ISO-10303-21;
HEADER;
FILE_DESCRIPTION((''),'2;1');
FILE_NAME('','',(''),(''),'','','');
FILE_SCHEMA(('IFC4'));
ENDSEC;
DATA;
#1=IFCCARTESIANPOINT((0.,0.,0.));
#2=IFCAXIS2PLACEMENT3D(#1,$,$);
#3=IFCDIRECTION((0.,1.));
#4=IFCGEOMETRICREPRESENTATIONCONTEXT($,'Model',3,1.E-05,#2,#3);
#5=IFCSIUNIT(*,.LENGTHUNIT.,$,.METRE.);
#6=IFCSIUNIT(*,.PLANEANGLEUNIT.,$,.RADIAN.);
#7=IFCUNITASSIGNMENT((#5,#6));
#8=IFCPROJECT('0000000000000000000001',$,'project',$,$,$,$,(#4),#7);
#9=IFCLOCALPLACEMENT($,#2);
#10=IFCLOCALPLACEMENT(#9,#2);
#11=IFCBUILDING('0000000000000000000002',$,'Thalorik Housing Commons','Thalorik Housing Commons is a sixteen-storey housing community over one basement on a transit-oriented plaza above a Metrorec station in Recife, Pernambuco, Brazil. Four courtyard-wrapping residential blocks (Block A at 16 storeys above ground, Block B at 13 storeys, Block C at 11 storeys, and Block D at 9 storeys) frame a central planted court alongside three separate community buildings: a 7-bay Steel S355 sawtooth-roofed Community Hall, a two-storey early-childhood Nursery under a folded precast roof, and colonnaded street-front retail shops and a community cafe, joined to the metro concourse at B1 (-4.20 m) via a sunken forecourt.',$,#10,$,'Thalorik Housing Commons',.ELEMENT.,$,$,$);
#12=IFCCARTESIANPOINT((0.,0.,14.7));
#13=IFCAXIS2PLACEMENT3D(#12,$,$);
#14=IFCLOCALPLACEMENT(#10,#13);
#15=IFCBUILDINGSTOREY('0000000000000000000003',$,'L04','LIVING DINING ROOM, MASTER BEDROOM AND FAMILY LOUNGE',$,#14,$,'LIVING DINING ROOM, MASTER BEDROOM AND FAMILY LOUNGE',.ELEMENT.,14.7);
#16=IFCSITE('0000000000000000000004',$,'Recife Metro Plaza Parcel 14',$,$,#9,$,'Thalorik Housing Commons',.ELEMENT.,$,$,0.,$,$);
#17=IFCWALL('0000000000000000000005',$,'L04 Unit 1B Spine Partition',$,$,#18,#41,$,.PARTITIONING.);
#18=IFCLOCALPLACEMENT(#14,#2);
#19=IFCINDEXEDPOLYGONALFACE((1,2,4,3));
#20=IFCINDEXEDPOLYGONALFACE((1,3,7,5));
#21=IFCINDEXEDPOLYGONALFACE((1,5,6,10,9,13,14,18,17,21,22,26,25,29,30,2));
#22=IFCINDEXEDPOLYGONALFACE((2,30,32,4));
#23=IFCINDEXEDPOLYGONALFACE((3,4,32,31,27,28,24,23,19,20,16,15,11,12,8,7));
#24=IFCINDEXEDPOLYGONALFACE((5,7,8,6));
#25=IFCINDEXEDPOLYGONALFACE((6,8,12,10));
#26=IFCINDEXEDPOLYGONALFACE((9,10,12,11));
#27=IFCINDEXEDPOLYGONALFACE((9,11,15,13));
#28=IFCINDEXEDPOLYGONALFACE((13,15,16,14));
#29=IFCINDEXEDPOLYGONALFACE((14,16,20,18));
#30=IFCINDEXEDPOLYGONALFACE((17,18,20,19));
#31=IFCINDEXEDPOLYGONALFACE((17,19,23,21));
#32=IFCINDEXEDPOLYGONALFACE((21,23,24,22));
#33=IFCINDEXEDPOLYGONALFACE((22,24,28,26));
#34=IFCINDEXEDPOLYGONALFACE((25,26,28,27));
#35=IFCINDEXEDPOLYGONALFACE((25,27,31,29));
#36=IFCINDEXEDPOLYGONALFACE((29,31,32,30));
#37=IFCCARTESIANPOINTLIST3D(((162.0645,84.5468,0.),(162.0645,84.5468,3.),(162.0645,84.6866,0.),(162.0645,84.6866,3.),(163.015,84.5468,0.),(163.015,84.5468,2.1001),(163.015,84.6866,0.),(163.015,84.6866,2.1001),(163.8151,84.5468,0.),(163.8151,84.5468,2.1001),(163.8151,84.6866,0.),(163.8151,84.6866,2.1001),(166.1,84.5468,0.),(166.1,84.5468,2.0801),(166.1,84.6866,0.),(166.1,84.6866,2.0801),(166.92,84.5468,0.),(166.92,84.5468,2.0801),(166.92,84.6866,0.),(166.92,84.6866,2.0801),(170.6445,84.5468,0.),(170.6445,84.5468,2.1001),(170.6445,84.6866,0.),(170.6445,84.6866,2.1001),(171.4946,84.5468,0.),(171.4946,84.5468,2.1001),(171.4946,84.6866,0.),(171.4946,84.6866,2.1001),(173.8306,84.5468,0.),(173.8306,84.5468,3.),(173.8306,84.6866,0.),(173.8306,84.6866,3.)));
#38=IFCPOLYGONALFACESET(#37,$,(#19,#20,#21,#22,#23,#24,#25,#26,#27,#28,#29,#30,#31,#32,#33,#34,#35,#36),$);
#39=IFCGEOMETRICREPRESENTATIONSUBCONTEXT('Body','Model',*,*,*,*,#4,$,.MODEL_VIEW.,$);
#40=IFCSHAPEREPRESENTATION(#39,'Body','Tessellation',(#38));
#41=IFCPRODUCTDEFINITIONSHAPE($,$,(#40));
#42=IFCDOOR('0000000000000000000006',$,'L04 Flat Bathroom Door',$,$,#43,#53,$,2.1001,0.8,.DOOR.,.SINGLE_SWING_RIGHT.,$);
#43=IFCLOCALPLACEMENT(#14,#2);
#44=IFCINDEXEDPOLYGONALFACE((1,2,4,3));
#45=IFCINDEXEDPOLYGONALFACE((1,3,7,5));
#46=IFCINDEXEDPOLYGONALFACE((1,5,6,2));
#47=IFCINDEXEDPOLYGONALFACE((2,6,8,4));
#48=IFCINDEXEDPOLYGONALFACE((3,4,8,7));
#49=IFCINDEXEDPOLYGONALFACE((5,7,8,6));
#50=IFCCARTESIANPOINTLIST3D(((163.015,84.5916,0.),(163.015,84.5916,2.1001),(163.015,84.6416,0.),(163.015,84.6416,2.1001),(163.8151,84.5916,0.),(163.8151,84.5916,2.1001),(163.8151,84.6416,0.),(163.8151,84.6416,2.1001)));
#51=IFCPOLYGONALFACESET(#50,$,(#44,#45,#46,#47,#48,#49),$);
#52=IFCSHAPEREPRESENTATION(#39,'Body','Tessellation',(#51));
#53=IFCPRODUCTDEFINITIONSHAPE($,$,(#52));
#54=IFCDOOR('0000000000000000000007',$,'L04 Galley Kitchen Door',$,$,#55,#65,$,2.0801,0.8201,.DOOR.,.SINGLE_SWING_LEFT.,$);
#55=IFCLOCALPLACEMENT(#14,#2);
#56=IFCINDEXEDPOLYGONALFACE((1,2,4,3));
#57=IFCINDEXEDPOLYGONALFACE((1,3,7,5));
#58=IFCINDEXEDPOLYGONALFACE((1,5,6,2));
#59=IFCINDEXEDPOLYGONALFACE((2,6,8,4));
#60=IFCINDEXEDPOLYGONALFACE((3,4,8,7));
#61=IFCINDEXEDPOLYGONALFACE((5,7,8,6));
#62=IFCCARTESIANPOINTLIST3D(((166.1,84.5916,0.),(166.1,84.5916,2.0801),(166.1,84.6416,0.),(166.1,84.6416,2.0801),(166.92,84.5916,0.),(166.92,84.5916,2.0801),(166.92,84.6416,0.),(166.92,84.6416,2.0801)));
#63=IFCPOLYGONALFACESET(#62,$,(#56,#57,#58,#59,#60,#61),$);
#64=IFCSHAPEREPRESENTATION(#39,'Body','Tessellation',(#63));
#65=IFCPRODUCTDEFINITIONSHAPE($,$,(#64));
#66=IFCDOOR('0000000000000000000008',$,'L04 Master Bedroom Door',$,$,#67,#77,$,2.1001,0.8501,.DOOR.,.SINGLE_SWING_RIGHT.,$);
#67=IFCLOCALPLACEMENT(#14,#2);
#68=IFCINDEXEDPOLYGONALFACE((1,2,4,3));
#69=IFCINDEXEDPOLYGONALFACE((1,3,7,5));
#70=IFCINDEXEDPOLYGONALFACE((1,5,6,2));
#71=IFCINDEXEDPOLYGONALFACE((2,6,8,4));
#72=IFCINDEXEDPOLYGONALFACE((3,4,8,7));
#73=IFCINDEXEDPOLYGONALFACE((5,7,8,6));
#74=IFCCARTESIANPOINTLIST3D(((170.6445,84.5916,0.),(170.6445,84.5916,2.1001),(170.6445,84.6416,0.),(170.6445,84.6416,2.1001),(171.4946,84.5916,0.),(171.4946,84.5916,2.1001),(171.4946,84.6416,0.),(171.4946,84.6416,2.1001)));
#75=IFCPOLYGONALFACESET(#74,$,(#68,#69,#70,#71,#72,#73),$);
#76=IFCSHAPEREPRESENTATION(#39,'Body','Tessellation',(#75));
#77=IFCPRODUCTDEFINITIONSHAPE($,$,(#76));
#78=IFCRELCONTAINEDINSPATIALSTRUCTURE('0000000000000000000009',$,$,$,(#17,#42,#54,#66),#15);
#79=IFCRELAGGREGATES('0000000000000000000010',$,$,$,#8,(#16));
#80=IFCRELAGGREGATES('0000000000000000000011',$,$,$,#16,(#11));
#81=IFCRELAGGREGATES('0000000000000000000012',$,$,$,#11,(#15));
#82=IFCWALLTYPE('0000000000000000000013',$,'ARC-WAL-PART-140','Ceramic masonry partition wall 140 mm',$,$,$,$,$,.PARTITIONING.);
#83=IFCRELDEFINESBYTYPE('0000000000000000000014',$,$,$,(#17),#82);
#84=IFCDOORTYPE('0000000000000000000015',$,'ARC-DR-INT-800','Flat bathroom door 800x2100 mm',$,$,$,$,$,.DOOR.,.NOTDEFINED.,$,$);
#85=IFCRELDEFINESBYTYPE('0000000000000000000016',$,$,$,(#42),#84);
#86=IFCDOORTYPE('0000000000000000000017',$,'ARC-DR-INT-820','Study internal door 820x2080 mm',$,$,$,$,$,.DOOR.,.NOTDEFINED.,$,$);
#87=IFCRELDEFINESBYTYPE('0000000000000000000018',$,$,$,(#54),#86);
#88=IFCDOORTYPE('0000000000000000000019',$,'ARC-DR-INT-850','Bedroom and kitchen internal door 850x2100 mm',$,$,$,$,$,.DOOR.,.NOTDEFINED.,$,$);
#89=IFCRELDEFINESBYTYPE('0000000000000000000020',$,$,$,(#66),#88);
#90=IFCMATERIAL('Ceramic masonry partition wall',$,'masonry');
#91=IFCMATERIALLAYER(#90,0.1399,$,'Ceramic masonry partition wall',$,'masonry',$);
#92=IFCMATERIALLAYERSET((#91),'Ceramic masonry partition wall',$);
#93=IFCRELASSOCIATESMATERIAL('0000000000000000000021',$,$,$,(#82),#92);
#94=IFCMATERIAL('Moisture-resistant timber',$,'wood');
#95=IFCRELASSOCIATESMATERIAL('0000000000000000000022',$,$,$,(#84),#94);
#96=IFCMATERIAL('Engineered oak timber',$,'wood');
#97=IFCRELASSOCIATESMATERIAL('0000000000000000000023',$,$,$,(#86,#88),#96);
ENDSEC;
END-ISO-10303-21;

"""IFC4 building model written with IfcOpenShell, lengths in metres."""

from ifc_helpers import new_model, si_unit, direction, frame, frame_2d, origin, place, context, subcontext, project, spatial, rectangle, extrude, material, layer, layer_set, type_object, element, fill, save


model = new_model("IFC4")

# Units and contexts
model_context = context("Model", 3, precision=1e-05, world=origin(), true_north=direction((0.0, 1.0)))
body_context = subcontext(model_context, "Body", "Model", "MODEL_VIEW")
ifc_project = project(units=[si_unit("LENGTHUNIT", "METRE"), si_unit("PLANEANGLEUNIT", "RADIAN")], contexts=[model_context])

# Site, building, storey
site_placement = place(None, origin())
site = spatial("IfcSite", under=ifc_project, at=site_placement, Name="Recife Metro Plaza Parcel 14", LongName="Thalorik Housing Commons", CompositionType="ELEMENT", RefElevation=0.0)
building_placement = place(site_placement, origin())
building = spatial("IfcBuilding", under=site, at=building_placement, Name="Thalorik Housing Commons", Description="Thalorik Housing Commons is a sixteen-storey housing community over one basement on a transit-oriented plaza above a Metrorec station in Recife, Pernambuco, Brazil. Four courtyard-wrapping residential blocks (Block A at 16 storeys above ground, Block B at 13 storeys, Block C at 11 storeys, and Block D at 9 storeys) frame a central planted court alongside three separate community buildings: a 7-bay Steel S355 sawtooth-roofed Community Hall, a two-storey early-childhood Nursery under a folded precast roof, and colonnaded street-front retail shops and a community cafe, joined to the metro concourse at B1 (-4.20 m) via a sunken forecourt.", LongName="Thalorik Housing Commons", CompositionType="ELEMENT")
storey_placement = place(building_placement, frame((0.0, 0.0, 14.7)))
storey = spatial("IfcBuildingStorey", under=building, at=storey_placement, Name="L04", Description="LIVING DINING ROOM, MASTER BEDROOM AND FAMILY LOUNGE", LongName="LIVING DINING ROOM, MASTER BEDROOM AND FAMILY LOUNGE", CompositionType="ELEMENT", Elevation=14.7)

# Wall, openings, doors
ifc_material_1 = material(Name="Ceramic masonry partition wall", Category="masonry")
ifc_layer_1 = layer(ifc_material_1, 0.1399, Name="Ceramic masonry partition wall", Category="masonry")
ifc_layer_set_1 = layer_set([ifc_layer_1], Name="Ceramic masonry partition wall")
wall_type_1 = type_object("IfcWallType", Name="ARC-WAL-PART-140", Description="Ceramic masonry partition wall 140 mm", PredefinedType="PARTITIONING", material=ifc_layer_set_1)
wall_1_placement = place(storey_placement, frame((162.0645, 84.6167, 0.0), z_axis=(0.0, 0.0, 1.0), x_axis=(1.0, 0.0, 0.0)))
wall_1 = element("IfcWall", 1, at=wall_1_placement, inside=storey, type_object=wall_type_1, Name="L04 Unit 1B Spine Partition", PredefinedType="PARTITIONING", context=body_context, shape_type="SweptSolid", body=[
    extrude(rectangle(XDim=11.7661, YDim=0.1399, at=frame_2d((5.8831, 0.0))), origin(), (0.0, 0.0, 1.0), 3.0),
])
opening_1_placement = place(wall_1_placement, frame((0.9507, 0.0, 0.0)))
opening_1 = element("IfcOpeningElement", 2, at=opening_1_placement, cuts=wall_1, PredefinedType="OPENING", context=body_context, shape_type="SweptSolid", body=[
    extrude(rectangle(XDim=0.8, YDim=2.1001, at=frame_2d((0.3999, 1.05))), frame((0.0, 0.0801, 0.0), z_axis=(0.0, -1.0, 0.0), x_axis=(1.0, 0.0, 0.0)), (0.0, 0.0, 1.0), 0.1599),
])
opening_2_placement = place(wall_1_placement, frame((4.0354, 0.0, 0.0)))
opening_2 = element("IfcOpeningElement", 3, at=opening_2_placement, cuts=wall_1, PredefinedType="OPENING", context=body_context, shape_type="SweptSolid", body=[
    extrude(rectangle(XDim=0.8201, YDim=2.0801, at=frame_2d((0.4102, 1.04))), frame((0.0, 0.0801, 0.0), z_axis=(0.0, -1.0, 0.0), x_axis=(1.0, 0.0, 0.0)), (0.0, 0.0, 1.0), 0.1599),
])
opening_3_placement = place(wall_1_placement, frame((8.5801, 0.0, 0.0)))
opening_3 = element("IfcOpeningElement", 4, at=opening_3_placement, cuts=wall_1, PredefinedType="OPENING", context=body_context, shape_type="SweptSolid", body=[
    extrude(rectangle(XDim=0.8501, YDim=2.1001, at=frame_2d((0.425, 1.05))), frame((0.0, 0.0801, 0.0), z_axis=(0.0, -1.0, 0.0), x_axis=(1.0, 0.0, 0.0)), (0.0, 0.0, 1.0), 0.1599),
])
ifc_material_2 = material(Name="Moisture-resistant timber", Category="wood")
door_type_1 = type_object("IfcDoorType", Name="ARC-DR-INT-800", Description="Flat bathroom door 800x2100 mm", OperationType="NOTDEFINED", PredefinedType="DOOR", material=ifc_material_2)
door_1_placement = place(opening_1_placement, origin())
door_1 = element("IfcDoor", 5, at=door_1_placement, inside=storey, type_object=door_type_1, Name="L04 Flat Bathroom Door", OperationType="SINGLE_SWING_RIGHT", OverallHeight=2.1001, OverallWidth=0.8, PredefinedType="DOOR", context=body_context, shape_type="SweptSolid", body=[
    extrude(rectangle(XDim=0.8, YDim=2.1001, at=frame_2d((0.3999, 1.05))), frame((0.0, 0.0249, 0.0), z_axis=(0.0, -1.0, 0.0), x_axis=(1.0, 0.0, 0.0)), (0.0, 0.0, 1.0), 0.05),
])
fill(opening_1, door_1)
ifc_material_3 = material(Name="Engineered oak timber", Category="wood")
door_type_2 = type_object("IfcDoorType", Name="ARC-DR-INT-820", Description="Study internal door 820x2080 mm", OperationType="NOTDEFINED", PredefinedType="DOOR", material=ifc_material_3)
door_2_placement = place(opening_2_placement, origin())
door_2 = element("IfcDoor", 6, at=door_2_placement, inside=storey, type_object=door_type_2, Name="L04 Galley Kitchen Door", OperationType="SINGLE_SWING_LEFT", OverallHeight=2.0801, OverallWidth=0.8201, PredefinedType="DOOR", context=body_context, shape_type="SweptSolid", body=[
    extrude(rectangle(XDim=0.8201, YDim=2.0801, at=frame_2d((0.4102, 1.04))), frame((0.0, 0.0249, 0.0), z_axis=(0.0, -1.0, 0.0), x_axis=(1.0, 0.0, 0.0)), (0.0, 0.0, 1.0), 0.05),
])
fill(opening_2, door_2)
door_type_3 = type_object("IfcDoorType", Name="ARC-DR-INT-850", Description="Bedroom and kitchen internal door 850x2100 mm", OperationType="NOTDEFINED", PredefinedType="DOOR", material=ifc_material_3)
door_3_placement = place(opening_3_placement, origin())
door_3 = element("IfcDoor", 7, at=door_3_placement, inside=storey, type_object=door_type_3, Name="L04 Master Bedroom Door", OperationType="SINGLE_SWING_RIGHT", OverallHeight=2.1001, OverallWidth=0.8501, PredefinedType="DOOR", context=body_context, shape_type="SweptSolid", body=[
    extrude(rectangle(XDim=0.8501, YDim=2.1001, at=frame_2d((0.425, 1.05))), frame((0.0, 0.0249, 0.0), z_axis=(0.0, -1.0, 0.0), x_axis=(1.0, 0.0, 0.0)), (0.0, 0.0, 1.0), 0.05),
])
fill(opening_3, door_3)

save(model, "model.ifc")
